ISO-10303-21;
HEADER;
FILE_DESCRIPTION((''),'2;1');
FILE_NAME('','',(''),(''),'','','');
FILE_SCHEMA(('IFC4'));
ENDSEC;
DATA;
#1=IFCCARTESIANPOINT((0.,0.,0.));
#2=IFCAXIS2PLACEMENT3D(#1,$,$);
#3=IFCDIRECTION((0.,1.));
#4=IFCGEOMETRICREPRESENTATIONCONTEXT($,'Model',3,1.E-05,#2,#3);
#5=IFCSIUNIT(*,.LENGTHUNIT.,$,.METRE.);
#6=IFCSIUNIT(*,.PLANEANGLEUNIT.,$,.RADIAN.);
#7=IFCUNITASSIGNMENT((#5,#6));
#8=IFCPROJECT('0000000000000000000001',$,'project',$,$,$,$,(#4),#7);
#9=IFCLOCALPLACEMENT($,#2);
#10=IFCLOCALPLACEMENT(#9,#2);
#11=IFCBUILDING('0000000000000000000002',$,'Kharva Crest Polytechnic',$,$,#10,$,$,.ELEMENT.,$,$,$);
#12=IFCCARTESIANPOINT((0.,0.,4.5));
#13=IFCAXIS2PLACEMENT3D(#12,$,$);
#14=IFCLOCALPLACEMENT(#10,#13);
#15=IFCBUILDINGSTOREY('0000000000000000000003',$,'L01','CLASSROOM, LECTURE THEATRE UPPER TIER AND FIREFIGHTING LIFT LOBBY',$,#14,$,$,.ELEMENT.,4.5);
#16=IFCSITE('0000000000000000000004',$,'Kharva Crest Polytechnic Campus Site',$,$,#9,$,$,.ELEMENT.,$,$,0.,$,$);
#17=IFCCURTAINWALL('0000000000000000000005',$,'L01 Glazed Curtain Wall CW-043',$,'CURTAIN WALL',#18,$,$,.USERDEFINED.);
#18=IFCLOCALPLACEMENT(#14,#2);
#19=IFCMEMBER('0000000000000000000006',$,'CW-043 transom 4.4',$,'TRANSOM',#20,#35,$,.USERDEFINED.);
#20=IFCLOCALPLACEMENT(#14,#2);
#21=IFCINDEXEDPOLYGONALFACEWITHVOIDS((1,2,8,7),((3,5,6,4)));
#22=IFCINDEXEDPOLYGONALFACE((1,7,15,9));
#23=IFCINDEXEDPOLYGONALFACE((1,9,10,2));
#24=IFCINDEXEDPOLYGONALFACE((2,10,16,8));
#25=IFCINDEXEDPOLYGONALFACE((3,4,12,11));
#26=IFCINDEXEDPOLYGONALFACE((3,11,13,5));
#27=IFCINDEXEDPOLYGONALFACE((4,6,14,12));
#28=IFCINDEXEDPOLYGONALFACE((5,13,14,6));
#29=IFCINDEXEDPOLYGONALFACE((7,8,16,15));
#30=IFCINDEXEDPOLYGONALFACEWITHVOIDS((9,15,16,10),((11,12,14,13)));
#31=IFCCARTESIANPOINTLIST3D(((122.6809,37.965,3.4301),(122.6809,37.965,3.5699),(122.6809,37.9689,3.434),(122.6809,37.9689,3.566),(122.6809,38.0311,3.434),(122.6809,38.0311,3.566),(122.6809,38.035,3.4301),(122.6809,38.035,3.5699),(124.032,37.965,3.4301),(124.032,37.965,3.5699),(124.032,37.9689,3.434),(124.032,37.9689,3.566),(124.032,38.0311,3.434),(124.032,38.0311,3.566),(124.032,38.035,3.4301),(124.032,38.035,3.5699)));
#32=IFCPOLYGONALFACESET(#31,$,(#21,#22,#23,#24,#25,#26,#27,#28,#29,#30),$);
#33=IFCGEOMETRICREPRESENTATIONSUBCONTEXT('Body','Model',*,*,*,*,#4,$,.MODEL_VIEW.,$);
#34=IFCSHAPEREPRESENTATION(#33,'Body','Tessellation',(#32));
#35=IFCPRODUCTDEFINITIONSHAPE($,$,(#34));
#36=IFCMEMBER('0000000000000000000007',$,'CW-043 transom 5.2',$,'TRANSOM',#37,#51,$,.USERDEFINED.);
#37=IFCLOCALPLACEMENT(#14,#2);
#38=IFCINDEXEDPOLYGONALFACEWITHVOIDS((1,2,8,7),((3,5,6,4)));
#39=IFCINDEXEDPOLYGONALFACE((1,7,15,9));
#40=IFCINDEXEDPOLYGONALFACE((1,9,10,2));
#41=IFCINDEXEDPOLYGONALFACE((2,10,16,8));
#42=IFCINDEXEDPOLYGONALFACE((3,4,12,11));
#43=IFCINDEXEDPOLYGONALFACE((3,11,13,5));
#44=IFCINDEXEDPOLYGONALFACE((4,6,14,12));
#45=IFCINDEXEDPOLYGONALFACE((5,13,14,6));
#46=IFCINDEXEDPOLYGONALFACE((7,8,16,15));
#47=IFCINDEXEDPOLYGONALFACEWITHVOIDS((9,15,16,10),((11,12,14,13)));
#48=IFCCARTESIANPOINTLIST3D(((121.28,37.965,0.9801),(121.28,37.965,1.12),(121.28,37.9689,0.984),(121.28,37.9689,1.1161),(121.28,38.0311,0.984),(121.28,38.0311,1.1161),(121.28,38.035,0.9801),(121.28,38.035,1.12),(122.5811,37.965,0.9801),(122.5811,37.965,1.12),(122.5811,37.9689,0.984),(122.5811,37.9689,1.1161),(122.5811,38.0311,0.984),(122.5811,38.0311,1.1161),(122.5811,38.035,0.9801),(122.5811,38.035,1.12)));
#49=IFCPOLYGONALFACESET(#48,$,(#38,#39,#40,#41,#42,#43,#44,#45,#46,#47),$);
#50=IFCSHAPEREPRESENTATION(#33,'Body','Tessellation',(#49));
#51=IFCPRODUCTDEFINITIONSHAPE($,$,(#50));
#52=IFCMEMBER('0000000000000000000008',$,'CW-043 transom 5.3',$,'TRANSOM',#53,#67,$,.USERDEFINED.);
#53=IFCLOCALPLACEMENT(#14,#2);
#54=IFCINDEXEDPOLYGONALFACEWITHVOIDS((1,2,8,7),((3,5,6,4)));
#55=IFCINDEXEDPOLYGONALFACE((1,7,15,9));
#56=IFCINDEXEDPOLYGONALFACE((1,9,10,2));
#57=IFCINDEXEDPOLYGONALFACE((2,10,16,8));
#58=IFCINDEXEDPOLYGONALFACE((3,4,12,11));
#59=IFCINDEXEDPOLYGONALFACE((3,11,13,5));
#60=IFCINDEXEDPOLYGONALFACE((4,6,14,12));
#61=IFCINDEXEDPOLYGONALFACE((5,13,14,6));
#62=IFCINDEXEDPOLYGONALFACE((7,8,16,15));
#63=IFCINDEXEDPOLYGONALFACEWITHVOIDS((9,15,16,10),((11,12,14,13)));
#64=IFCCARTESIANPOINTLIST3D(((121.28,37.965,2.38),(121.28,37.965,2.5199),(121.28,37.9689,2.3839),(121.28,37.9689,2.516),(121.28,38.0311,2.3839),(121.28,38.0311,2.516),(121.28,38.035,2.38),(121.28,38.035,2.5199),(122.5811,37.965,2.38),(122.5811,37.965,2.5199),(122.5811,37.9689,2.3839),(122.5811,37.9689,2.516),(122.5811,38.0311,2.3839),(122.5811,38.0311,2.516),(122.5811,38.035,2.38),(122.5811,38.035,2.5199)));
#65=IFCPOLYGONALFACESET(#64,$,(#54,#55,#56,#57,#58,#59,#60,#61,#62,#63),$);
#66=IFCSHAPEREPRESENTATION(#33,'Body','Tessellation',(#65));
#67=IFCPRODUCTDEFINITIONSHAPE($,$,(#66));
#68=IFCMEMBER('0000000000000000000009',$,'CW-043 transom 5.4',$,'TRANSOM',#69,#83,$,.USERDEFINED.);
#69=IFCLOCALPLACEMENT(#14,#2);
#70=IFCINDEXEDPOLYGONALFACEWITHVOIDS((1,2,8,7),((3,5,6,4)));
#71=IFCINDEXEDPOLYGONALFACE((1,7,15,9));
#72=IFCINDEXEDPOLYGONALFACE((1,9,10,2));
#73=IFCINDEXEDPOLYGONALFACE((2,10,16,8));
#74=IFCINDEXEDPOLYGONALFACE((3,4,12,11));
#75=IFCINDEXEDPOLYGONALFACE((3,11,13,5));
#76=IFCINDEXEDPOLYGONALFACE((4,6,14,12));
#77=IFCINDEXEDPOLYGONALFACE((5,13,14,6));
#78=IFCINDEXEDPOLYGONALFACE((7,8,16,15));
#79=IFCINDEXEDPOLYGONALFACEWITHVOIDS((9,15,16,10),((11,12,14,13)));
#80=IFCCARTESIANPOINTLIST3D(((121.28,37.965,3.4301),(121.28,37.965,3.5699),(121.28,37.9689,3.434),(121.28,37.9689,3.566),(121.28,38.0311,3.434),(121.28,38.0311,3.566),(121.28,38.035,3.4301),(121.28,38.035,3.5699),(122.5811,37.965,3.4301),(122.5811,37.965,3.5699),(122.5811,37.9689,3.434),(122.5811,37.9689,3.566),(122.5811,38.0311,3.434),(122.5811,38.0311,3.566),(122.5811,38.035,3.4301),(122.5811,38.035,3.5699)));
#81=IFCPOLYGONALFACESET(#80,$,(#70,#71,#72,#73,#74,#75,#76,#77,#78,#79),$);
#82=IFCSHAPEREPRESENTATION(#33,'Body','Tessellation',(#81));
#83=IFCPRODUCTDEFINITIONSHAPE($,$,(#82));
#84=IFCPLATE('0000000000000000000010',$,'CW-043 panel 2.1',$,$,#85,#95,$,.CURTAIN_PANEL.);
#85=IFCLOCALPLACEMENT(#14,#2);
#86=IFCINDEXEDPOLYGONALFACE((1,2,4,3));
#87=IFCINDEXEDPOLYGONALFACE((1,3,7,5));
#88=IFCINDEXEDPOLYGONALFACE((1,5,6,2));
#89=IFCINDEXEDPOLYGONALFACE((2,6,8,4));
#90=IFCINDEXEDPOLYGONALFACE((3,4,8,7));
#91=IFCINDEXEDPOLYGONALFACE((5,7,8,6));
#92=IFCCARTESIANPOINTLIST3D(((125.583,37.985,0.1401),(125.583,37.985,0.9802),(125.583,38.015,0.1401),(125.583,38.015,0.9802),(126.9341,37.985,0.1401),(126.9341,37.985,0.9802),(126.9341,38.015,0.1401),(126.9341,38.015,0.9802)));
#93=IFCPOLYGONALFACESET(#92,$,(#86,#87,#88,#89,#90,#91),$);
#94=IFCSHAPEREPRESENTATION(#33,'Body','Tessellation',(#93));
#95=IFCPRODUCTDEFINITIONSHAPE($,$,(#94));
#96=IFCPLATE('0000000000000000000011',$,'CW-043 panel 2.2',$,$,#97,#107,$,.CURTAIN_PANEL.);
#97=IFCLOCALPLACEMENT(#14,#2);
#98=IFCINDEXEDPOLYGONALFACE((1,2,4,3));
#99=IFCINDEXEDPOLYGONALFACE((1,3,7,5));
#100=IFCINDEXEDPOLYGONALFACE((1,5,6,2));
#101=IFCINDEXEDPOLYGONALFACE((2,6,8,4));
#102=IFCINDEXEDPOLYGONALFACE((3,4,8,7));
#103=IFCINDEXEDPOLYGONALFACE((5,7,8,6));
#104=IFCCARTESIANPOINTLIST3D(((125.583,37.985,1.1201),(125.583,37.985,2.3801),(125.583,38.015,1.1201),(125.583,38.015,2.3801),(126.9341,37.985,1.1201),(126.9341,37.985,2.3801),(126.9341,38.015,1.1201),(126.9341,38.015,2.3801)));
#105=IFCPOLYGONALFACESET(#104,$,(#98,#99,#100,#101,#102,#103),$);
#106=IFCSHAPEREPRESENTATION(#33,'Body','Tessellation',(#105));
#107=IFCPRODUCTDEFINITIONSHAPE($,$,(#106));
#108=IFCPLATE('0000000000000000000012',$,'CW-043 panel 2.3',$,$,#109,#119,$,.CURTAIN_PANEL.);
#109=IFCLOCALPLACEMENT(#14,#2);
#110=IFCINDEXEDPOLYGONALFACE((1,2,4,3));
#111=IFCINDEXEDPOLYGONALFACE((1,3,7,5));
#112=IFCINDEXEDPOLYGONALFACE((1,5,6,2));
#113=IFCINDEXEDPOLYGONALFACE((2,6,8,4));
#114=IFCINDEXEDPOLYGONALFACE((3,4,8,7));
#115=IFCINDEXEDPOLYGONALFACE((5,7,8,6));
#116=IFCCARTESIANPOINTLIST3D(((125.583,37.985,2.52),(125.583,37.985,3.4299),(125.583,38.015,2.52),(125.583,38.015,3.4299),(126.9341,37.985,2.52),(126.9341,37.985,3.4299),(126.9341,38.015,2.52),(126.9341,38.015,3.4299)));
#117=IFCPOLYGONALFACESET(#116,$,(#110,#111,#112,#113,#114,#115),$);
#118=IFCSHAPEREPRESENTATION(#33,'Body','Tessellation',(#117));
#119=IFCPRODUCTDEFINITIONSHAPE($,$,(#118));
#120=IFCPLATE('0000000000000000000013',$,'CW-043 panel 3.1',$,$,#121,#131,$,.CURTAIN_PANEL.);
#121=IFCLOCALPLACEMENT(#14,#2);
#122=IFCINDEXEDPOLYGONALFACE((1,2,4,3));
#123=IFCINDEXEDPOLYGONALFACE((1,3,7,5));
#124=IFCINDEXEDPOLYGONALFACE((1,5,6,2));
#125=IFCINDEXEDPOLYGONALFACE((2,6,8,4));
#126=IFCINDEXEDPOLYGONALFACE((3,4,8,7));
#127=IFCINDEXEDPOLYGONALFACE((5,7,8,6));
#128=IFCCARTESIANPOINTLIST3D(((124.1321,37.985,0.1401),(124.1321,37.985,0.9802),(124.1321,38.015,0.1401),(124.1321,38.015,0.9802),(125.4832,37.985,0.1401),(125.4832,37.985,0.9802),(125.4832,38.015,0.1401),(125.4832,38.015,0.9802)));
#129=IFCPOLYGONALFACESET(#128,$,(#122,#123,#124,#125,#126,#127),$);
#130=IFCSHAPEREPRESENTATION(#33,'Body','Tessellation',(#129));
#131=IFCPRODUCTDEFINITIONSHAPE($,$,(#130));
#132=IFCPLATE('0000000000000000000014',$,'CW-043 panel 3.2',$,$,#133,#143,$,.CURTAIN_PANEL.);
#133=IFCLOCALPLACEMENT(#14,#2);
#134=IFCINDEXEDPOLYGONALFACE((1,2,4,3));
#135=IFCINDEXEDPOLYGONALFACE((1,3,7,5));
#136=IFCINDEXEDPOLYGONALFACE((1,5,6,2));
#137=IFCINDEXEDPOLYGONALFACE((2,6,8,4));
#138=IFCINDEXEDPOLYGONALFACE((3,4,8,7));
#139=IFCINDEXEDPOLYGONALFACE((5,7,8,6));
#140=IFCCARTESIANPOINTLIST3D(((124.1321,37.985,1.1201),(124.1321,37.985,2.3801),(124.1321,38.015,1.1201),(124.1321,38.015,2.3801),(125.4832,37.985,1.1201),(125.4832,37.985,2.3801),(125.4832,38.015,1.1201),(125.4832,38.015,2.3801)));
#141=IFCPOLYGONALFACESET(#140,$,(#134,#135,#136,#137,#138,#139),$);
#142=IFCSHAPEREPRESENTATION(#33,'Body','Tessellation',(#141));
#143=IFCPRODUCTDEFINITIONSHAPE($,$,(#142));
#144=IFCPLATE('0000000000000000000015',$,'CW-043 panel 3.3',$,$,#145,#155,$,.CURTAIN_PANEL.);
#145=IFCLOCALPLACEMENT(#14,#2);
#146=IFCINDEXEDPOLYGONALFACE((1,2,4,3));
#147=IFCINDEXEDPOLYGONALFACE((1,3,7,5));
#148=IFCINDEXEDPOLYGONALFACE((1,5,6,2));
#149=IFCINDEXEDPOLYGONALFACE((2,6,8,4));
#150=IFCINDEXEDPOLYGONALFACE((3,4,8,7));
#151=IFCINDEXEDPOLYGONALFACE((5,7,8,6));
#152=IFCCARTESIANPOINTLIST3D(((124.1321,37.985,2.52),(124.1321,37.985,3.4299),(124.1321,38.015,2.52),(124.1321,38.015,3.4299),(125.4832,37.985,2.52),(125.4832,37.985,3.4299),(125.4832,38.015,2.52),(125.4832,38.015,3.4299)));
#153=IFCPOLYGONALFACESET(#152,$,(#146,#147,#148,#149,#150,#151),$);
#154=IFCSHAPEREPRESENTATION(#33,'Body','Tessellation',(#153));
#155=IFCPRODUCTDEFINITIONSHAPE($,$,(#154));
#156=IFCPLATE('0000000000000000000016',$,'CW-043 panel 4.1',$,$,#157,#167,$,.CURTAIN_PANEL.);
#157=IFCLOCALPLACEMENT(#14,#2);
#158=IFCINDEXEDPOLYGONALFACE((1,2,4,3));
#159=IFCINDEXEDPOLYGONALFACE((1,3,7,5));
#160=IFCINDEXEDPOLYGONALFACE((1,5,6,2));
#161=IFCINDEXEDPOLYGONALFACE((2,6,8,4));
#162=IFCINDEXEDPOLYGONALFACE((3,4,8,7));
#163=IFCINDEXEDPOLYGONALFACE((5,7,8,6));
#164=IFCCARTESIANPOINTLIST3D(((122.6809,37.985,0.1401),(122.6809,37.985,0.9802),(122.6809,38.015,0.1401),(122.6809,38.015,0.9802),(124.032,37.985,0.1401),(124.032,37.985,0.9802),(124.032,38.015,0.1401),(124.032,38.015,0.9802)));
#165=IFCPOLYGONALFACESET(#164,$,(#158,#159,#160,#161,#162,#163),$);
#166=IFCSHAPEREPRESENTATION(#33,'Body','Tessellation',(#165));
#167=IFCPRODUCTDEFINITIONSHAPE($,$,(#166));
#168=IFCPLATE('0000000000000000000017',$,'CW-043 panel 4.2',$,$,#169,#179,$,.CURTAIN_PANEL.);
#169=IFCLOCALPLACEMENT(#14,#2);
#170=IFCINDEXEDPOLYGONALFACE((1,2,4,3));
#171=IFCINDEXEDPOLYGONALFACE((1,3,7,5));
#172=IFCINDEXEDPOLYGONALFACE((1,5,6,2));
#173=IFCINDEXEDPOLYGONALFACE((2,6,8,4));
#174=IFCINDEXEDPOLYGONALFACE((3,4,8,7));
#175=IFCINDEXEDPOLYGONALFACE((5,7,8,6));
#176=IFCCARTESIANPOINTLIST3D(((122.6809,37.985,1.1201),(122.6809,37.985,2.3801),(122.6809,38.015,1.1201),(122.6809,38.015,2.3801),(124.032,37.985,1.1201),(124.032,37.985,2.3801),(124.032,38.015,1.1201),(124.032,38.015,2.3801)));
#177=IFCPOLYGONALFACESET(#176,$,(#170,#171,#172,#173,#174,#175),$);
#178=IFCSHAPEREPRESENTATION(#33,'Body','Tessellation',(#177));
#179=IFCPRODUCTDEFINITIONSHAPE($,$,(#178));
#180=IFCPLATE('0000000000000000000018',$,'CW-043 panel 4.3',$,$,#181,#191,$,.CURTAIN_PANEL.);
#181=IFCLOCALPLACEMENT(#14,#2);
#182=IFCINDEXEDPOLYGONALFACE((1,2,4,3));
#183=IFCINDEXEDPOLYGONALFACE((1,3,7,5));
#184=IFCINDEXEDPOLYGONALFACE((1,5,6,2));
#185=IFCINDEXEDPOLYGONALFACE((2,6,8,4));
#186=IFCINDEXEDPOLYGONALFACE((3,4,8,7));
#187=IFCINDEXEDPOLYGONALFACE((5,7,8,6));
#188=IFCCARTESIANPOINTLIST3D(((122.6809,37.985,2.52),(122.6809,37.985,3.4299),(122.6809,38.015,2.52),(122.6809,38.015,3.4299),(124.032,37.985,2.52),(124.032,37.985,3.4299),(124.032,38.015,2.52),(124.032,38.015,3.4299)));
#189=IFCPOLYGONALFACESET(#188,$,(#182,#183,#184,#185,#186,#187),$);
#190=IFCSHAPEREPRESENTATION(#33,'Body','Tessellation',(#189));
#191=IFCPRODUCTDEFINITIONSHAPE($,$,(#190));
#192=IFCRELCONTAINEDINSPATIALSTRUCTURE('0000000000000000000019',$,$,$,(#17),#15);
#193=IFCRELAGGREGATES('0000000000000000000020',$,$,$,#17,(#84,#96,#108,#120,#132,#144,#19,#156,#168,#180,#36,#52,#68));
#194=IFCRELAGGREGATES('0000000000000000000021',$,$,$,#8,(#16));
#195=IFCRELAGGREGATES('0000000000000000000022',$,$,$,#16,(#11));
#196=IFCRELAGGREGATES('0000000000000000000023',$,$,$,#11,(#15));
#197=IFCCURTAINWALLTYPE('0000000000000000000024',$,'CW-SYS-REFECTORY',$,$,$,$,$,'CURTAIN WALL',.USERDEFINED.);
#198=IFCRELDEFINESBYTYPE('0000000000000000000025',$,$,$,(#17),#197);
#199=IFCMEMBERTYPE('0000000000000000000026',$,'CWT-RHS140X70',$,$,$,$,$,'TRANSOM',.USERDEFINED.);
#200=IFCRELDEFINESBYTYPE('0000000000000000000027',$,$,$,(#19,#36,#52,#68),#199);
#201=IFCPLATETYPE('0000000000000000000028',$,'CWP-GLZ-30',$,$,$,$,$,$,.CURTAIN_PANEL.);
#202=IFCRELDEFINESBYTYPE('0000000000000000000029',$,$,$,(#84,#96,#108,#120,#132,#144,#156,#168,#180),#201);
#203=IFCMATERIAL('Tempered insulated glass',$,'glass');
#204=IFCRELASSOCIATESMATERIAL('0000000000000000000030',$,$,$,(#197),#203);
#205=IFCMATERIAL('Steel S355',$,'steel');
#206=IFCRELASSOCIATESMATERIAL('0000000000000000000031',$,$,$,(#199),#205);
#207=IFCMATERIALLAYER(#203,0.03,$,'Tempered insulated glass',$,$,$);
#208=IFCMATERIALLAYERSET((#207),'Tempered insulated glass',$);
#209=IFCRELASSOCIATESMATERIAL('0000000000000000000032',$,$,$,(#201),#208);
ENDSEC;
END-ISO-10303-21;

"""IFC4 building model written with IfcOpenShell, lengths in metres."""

from ifc_helpers import new_model, si_unit, direction, frame, origin, origin_2d, place, context, subcontext, project, spatial, rectangle, hollow_rectangle, extrude, material, layer, layer_set, material_profile, profile_set, type_object, element, aggregate, save


model = new_model("IFC4")

# Units and contexts
model_context = context("Model", 3, precision=1e-05, world=origin(), true_north=direction((0.0, 1.0)))
body_context = subcontext(model_context, "Body", "Model", "MODEL_VIEW")
ifc_project = project(units=[si_unit("LENGTHUNIT", "METRE"), si_unit("PLANEANGLEUNIT", "RADIAN")], contexts=[model_context])

# Site, building, storey
site_placement = place(None, origin())
site = spatial("IfcSite", under=ifc_project, at=site_placement, Name="Kharva Crest Polytechnic Campus Site", CompositionType="ELEMENT", RefElevation=0.0)
building_placement = place(site_placement, origin())
building = spatial("IfcBuilding", under=site, at=building_placement, Name="Kharva Crest Polytechnic", CompositionType="ELEMENT")
storey_placement = place(building_placement, frame((0.0, 0.0, 4.5)))
storey = spatial("IfcBuildingStorey", under=building, at=storey_placement, Name="L01", Description="CLASSROOM, LECTURE THEATRE UPPER TIER AND FIREFIGHTING LIFT LOBBY", CompositionType="ELEMENT", Elevation=4.5)

# Curtain wall, members, plates
ifc_material_1 = material(Name="Tempered insulated glass", Category="glass")
curtain_wall_type = type_object("IfcCurtainWallType", Name="CW-SYS-REFECTORY", ElementType="CURTAIN WALL", PredefinedType="USERDEFINED", material=ifc_material_1)
curtain_wall_placement = place(storey_placement, origin())
curtain_wall = element("IfcCurtainWall", 1, at=curtain_wall_placement, inside=storey, type_object=curtain_wall_type, Name="L01 Glazed Curtain Wall CW-043", ObjectType="CURTAIN WALL", PredefinedType="USERDEFINED")
ifc_material_2 = material(Name="Steel S355", Category="steel")
ifc_material_profile_1 = material_profile(ifc_material_2, hollow_rectangle(XDim=0.0701, YDim=0.1399, WallThickness=0.0039, at=origin_2d()), Name="RHS 140X70X4.0")
ifc_profile_set_1 = profile_set([ifc_material_profile_1], Name="Steel S355")
member_type_1 = type_object("IfcMemberType", Name="CWT-RHS140X70", ElementType="TRANSOM", PredefinedType="USERDEFINED", material=ifc_profile_set_1)
member_1_placement = place(storey_placement, frame((124.032, 38.0, 3.5), z_axis=(-1.0, 0.0, 0.0), x_axis=(0.0, -1.0, 0.0)))
member_1 = element("IfcMember", 2, at=member_1_placement, type_object=member_type_1, Name="CW-043 transom 4.4", ObjectType="TRANSOM", PredefinedType="USERDEFINED", context=body_context, shape_type="SweptSolid", body=[
    extrude(hollow_rectangle(XDim=0.0701, YDim=0.1399, WallThickness=0.0039, at=origin_2d()), origin(), (0.0, 0.0, 1.0), 1.3511),
])
member_2_placement = place(storey_placement, frame((122.5811, 38.0, 1.05), z_axis=(-1.0, 0.0, 0.0), x_axis=(0.0, -1.0, 0.0)))
member_2 = element("IfcMember", 3, at=member_2_placement, type_object=member_type_1, Name="CW-043 transom 5.2", ObjectType="TRANSOM", PredefinedType="USERDEFINED", context=body_context, shape_type="SweptSolid", body=[
    extrude(hollow_rectangle(XDim=0.0701, YDim=0.1399, WallThickness=0.0039, at=origin_2d()), origin(), (0.0, 0.0, 1.0), 1.301),
])
member_3_placement = place(storey_placement, frame((122.5811, 38.0, 2.45), z_axis=(-1.0, 0.0, 0.0), x_axis=(0.0, -1.0, 0.0)))
member_3 = element("IfcMember", 4, at=member_3_placement, type_object=member_type_1, Name="CW-043 transom 5.3", ObjectType="TRANSOM", PredefinedType="USERDEFINED", context=body_context, shape_type="SweptSolid", body=[
    extrude(hollow_rectangle(XDim=0.0701, YDim=0.1399, WallThickness=0.0039, at=origin_2d()), origin(), (0.0, 0.0, 1.0), 1.301),
])
member_4_placement = place(storey_placement, frame((122.5811, 38.0, 3.5), z_axis=(-1.0, 0.0, 0.0), x_axis=(0.0, -1.0, 0.0)))
member_4 = element("IfcMember", 5, at=member_4_placement, type_object=member_type_1, Name="CW-043 transom 5.4", ObjectType="TRANSOM", PredefinedType="USERDEFINED", context=body_context, shape_type="SweptSolid", body=[
    extrude(hollow_rectangle(XDim=0.0701, YDim=0.1399, WallThickness=0.0039, at=origin_2d()), origin(), (0.0, 0.0, 1.0), 1.301),
])
ifc_layer = layer(ifc_material_1, 0.03, Name="Tempered insulated glass")
ifc_layer_set = layer_set([ifc_layer], Name="Tempered insulated glass")
plate_type = type_object("IfcPlateType", Name="CWP-GLZ-30", PredefinedType="CURTAIN_PANEL", material=ifc_layer_set)
plate_1_placement = place(storey_placement, frame((126.2585, 38.0, 0.1401), z_axis=(0.0, 0.0, 1.0), x_axis=(-1.0, 0.0, 0.0)))
plate_1 = element("IfcPlate", 6, at=plate_1_placement, type_object=plate_type, Name="CW-043 panel 2.1", PredefinedType="CURTAIN_PANEL", context=body_context, shape_type="SweptSolid", body=[
    extrude(rectangle(XDim=1.3511, YDim=0.03, at=origin_2d()), origin(), (0.0, 0.0, 1.0), 0.8401),
])
plate_2_placement = place(storey_placement, frame((126.2585, 38.0, 1.1201), z_axis=(0.0, 0.0, 1.0), x_axis=(-1.0, 0.0, 0.0)))
plate_2 = element("IfcPlate", 7, at=plate_2_placement, type_object=plate_type, Name="CW-043 panel 2.2", PredefinedType="CURTAIN_PANEL", context=body_context, shape_type="SweptSolid", body=[
    extrude(rectangle(XDim=1.3511, YDim=0.03, at=origin_2d()), origin(), (0.0, 0.0, 1.0), 1.26),
])
plate_3_placement = place(storey_placement, frame((126.2585, 38.0, 2.52), z_axis=(0.0, 0.0, 1.0), x_axis=(-1.0, 0.0, 0.0)))
plate_3 = element("IfcPlate", 8, at=plate_3_placement, type_object=plate_type, Name="CW-043 panel 2.3", PredefinedType="CURTAIN_PANEL", context=body_context, shape_type="SweptSolid", body=[
    extrude(rectangle(XDim=1.3511, YDim=0.03, at=origin_2d()), origin(), (0.0, 0.0, 1.0), 0.9099),
])
plate_4_placement = place(storey_placement, frame((124.8076, 38.0, 0.1401), z_axis=(0.0, 0.0, 1.0), x_axis=(-1.0, 0.0, 0.0)))
plate_4 = element("IfcPlate", 9, at=plate_4_placement, type_object=plate_type, Name="CW-043 panel 3.1", PredefinedType="CURTAIN_PANEL", context=body_context, shape_type="SweptSolid", body=[
    extrude(rectangle(XDim=1.3511, YDim=0.03, at=origin_2d()), origin(), (0.0, 0.0, 1.0), 0.8401),
])
plate_5_placement = place(storey_placement, frame((124.8076, 38.0, 1.1201), z_axis=(0.0, 0.0, 1.0), x_axis=(-1.0, 0.0, 0.0)))
plate_5 = element("IfcPlate", 10, at=plate_5_placement, type_object=plate_type, Name="CW-043 panel 3.2", PredefinedType="CURTAIN_PANEL", context=body_context, shape_type="SweptSolid", body=[
    extrude(rectangle(XDim=1.3511, YDim=0.03, at=origin_2d()), origin(), (0.0, 0.0, 1.0), 1.26),
])
plate_6_placement = place(storey_placement, frame((124.8076, 38.0, 2.52), z_axis=(0.0, 0.0, 1.0), x_axis=(-1.0, 0.0, 0.0)))
plate_6 = element("IfcPlate", 11, at=plate_6_placement, type_object=plate_type, Name="CW-043 panel 3.3", PredefinedType="CURTAIN_PANEL", context=body_context, shape_type="SweptSolid", body=[
    extrude(rectangle(XDim=1.3511, YDim=0.03, at=origin_2d()), origin(), (0.0, 0.0, 1.0), 0.9099),
])
plate_7_placement = place(storey_placement, frame((123.3564, 38.0, 0.1401), z_axis=(0.0, 0.0, 1.0), x_axis=(-1.0, 0.0, 0.0)))
plate_7 = element("IfcPlate", 12, at=plate_7_placement, type_object=plate_type, Name="CW-043 panel 4.1", PredefinedType="CURTAIN_PANEL", context=body_context, shape_type="SweptSolid", body=[
    extrude(rectangle(XDim=1.3511, YDim=0.03, at=origin_2d()), origin(), (0.0, 0.0, 1.0), 0.8401),
])
plate_8_placement = place(storey_placement, frame((123.3564, 38.0, 1.1201), z_axis=(0.0, 0.0, 1.0), x_axis=(-1.0, 0.0, 0.0)))
plate_8 = element("IfcPlate", 13, at=plate_8_placement, type_object=plate_type, Name="CW-043 panel 4.2", PredefinedType="CURTAIN_PANEL", context=body_context, shape_type="SweptSolid", body=[
    extrude(rectangle(XDim=1.3511, YDim=0.03, at=origin_2d()), origin(), (0.0, 0.0, 1.0), 1.26),
])
plate_9_placement = place(storey_placement, frame((123.3564, 38.0, 2.52), z_axis=(0.0, 0.0, 1.0), x_axis=(-1.0, 0.0, 0.0)))
plate_9 = element("IfcPlate", 14, at=plate_9_placement, type_object=plate_type, Name="CW-043 panel 4.3", PredefinedType="CURTAIN_PANEL", context=body_context, shape_type="SweptSolid", body=[
    extrude(rectangle(XDim=1.3511, YDim=0.03, at=origin_2d()), origin(), (0.0, 0.0, 1.0), 0.9099),
])
aggregate(curtain_wall, [plate_1, plate_2, plate_3, plate_4, plate_5, plate_6, member_1, plate_7, plate_8, plate_9, member_2, member_3, member_4])

save(model, "model.ifc")
